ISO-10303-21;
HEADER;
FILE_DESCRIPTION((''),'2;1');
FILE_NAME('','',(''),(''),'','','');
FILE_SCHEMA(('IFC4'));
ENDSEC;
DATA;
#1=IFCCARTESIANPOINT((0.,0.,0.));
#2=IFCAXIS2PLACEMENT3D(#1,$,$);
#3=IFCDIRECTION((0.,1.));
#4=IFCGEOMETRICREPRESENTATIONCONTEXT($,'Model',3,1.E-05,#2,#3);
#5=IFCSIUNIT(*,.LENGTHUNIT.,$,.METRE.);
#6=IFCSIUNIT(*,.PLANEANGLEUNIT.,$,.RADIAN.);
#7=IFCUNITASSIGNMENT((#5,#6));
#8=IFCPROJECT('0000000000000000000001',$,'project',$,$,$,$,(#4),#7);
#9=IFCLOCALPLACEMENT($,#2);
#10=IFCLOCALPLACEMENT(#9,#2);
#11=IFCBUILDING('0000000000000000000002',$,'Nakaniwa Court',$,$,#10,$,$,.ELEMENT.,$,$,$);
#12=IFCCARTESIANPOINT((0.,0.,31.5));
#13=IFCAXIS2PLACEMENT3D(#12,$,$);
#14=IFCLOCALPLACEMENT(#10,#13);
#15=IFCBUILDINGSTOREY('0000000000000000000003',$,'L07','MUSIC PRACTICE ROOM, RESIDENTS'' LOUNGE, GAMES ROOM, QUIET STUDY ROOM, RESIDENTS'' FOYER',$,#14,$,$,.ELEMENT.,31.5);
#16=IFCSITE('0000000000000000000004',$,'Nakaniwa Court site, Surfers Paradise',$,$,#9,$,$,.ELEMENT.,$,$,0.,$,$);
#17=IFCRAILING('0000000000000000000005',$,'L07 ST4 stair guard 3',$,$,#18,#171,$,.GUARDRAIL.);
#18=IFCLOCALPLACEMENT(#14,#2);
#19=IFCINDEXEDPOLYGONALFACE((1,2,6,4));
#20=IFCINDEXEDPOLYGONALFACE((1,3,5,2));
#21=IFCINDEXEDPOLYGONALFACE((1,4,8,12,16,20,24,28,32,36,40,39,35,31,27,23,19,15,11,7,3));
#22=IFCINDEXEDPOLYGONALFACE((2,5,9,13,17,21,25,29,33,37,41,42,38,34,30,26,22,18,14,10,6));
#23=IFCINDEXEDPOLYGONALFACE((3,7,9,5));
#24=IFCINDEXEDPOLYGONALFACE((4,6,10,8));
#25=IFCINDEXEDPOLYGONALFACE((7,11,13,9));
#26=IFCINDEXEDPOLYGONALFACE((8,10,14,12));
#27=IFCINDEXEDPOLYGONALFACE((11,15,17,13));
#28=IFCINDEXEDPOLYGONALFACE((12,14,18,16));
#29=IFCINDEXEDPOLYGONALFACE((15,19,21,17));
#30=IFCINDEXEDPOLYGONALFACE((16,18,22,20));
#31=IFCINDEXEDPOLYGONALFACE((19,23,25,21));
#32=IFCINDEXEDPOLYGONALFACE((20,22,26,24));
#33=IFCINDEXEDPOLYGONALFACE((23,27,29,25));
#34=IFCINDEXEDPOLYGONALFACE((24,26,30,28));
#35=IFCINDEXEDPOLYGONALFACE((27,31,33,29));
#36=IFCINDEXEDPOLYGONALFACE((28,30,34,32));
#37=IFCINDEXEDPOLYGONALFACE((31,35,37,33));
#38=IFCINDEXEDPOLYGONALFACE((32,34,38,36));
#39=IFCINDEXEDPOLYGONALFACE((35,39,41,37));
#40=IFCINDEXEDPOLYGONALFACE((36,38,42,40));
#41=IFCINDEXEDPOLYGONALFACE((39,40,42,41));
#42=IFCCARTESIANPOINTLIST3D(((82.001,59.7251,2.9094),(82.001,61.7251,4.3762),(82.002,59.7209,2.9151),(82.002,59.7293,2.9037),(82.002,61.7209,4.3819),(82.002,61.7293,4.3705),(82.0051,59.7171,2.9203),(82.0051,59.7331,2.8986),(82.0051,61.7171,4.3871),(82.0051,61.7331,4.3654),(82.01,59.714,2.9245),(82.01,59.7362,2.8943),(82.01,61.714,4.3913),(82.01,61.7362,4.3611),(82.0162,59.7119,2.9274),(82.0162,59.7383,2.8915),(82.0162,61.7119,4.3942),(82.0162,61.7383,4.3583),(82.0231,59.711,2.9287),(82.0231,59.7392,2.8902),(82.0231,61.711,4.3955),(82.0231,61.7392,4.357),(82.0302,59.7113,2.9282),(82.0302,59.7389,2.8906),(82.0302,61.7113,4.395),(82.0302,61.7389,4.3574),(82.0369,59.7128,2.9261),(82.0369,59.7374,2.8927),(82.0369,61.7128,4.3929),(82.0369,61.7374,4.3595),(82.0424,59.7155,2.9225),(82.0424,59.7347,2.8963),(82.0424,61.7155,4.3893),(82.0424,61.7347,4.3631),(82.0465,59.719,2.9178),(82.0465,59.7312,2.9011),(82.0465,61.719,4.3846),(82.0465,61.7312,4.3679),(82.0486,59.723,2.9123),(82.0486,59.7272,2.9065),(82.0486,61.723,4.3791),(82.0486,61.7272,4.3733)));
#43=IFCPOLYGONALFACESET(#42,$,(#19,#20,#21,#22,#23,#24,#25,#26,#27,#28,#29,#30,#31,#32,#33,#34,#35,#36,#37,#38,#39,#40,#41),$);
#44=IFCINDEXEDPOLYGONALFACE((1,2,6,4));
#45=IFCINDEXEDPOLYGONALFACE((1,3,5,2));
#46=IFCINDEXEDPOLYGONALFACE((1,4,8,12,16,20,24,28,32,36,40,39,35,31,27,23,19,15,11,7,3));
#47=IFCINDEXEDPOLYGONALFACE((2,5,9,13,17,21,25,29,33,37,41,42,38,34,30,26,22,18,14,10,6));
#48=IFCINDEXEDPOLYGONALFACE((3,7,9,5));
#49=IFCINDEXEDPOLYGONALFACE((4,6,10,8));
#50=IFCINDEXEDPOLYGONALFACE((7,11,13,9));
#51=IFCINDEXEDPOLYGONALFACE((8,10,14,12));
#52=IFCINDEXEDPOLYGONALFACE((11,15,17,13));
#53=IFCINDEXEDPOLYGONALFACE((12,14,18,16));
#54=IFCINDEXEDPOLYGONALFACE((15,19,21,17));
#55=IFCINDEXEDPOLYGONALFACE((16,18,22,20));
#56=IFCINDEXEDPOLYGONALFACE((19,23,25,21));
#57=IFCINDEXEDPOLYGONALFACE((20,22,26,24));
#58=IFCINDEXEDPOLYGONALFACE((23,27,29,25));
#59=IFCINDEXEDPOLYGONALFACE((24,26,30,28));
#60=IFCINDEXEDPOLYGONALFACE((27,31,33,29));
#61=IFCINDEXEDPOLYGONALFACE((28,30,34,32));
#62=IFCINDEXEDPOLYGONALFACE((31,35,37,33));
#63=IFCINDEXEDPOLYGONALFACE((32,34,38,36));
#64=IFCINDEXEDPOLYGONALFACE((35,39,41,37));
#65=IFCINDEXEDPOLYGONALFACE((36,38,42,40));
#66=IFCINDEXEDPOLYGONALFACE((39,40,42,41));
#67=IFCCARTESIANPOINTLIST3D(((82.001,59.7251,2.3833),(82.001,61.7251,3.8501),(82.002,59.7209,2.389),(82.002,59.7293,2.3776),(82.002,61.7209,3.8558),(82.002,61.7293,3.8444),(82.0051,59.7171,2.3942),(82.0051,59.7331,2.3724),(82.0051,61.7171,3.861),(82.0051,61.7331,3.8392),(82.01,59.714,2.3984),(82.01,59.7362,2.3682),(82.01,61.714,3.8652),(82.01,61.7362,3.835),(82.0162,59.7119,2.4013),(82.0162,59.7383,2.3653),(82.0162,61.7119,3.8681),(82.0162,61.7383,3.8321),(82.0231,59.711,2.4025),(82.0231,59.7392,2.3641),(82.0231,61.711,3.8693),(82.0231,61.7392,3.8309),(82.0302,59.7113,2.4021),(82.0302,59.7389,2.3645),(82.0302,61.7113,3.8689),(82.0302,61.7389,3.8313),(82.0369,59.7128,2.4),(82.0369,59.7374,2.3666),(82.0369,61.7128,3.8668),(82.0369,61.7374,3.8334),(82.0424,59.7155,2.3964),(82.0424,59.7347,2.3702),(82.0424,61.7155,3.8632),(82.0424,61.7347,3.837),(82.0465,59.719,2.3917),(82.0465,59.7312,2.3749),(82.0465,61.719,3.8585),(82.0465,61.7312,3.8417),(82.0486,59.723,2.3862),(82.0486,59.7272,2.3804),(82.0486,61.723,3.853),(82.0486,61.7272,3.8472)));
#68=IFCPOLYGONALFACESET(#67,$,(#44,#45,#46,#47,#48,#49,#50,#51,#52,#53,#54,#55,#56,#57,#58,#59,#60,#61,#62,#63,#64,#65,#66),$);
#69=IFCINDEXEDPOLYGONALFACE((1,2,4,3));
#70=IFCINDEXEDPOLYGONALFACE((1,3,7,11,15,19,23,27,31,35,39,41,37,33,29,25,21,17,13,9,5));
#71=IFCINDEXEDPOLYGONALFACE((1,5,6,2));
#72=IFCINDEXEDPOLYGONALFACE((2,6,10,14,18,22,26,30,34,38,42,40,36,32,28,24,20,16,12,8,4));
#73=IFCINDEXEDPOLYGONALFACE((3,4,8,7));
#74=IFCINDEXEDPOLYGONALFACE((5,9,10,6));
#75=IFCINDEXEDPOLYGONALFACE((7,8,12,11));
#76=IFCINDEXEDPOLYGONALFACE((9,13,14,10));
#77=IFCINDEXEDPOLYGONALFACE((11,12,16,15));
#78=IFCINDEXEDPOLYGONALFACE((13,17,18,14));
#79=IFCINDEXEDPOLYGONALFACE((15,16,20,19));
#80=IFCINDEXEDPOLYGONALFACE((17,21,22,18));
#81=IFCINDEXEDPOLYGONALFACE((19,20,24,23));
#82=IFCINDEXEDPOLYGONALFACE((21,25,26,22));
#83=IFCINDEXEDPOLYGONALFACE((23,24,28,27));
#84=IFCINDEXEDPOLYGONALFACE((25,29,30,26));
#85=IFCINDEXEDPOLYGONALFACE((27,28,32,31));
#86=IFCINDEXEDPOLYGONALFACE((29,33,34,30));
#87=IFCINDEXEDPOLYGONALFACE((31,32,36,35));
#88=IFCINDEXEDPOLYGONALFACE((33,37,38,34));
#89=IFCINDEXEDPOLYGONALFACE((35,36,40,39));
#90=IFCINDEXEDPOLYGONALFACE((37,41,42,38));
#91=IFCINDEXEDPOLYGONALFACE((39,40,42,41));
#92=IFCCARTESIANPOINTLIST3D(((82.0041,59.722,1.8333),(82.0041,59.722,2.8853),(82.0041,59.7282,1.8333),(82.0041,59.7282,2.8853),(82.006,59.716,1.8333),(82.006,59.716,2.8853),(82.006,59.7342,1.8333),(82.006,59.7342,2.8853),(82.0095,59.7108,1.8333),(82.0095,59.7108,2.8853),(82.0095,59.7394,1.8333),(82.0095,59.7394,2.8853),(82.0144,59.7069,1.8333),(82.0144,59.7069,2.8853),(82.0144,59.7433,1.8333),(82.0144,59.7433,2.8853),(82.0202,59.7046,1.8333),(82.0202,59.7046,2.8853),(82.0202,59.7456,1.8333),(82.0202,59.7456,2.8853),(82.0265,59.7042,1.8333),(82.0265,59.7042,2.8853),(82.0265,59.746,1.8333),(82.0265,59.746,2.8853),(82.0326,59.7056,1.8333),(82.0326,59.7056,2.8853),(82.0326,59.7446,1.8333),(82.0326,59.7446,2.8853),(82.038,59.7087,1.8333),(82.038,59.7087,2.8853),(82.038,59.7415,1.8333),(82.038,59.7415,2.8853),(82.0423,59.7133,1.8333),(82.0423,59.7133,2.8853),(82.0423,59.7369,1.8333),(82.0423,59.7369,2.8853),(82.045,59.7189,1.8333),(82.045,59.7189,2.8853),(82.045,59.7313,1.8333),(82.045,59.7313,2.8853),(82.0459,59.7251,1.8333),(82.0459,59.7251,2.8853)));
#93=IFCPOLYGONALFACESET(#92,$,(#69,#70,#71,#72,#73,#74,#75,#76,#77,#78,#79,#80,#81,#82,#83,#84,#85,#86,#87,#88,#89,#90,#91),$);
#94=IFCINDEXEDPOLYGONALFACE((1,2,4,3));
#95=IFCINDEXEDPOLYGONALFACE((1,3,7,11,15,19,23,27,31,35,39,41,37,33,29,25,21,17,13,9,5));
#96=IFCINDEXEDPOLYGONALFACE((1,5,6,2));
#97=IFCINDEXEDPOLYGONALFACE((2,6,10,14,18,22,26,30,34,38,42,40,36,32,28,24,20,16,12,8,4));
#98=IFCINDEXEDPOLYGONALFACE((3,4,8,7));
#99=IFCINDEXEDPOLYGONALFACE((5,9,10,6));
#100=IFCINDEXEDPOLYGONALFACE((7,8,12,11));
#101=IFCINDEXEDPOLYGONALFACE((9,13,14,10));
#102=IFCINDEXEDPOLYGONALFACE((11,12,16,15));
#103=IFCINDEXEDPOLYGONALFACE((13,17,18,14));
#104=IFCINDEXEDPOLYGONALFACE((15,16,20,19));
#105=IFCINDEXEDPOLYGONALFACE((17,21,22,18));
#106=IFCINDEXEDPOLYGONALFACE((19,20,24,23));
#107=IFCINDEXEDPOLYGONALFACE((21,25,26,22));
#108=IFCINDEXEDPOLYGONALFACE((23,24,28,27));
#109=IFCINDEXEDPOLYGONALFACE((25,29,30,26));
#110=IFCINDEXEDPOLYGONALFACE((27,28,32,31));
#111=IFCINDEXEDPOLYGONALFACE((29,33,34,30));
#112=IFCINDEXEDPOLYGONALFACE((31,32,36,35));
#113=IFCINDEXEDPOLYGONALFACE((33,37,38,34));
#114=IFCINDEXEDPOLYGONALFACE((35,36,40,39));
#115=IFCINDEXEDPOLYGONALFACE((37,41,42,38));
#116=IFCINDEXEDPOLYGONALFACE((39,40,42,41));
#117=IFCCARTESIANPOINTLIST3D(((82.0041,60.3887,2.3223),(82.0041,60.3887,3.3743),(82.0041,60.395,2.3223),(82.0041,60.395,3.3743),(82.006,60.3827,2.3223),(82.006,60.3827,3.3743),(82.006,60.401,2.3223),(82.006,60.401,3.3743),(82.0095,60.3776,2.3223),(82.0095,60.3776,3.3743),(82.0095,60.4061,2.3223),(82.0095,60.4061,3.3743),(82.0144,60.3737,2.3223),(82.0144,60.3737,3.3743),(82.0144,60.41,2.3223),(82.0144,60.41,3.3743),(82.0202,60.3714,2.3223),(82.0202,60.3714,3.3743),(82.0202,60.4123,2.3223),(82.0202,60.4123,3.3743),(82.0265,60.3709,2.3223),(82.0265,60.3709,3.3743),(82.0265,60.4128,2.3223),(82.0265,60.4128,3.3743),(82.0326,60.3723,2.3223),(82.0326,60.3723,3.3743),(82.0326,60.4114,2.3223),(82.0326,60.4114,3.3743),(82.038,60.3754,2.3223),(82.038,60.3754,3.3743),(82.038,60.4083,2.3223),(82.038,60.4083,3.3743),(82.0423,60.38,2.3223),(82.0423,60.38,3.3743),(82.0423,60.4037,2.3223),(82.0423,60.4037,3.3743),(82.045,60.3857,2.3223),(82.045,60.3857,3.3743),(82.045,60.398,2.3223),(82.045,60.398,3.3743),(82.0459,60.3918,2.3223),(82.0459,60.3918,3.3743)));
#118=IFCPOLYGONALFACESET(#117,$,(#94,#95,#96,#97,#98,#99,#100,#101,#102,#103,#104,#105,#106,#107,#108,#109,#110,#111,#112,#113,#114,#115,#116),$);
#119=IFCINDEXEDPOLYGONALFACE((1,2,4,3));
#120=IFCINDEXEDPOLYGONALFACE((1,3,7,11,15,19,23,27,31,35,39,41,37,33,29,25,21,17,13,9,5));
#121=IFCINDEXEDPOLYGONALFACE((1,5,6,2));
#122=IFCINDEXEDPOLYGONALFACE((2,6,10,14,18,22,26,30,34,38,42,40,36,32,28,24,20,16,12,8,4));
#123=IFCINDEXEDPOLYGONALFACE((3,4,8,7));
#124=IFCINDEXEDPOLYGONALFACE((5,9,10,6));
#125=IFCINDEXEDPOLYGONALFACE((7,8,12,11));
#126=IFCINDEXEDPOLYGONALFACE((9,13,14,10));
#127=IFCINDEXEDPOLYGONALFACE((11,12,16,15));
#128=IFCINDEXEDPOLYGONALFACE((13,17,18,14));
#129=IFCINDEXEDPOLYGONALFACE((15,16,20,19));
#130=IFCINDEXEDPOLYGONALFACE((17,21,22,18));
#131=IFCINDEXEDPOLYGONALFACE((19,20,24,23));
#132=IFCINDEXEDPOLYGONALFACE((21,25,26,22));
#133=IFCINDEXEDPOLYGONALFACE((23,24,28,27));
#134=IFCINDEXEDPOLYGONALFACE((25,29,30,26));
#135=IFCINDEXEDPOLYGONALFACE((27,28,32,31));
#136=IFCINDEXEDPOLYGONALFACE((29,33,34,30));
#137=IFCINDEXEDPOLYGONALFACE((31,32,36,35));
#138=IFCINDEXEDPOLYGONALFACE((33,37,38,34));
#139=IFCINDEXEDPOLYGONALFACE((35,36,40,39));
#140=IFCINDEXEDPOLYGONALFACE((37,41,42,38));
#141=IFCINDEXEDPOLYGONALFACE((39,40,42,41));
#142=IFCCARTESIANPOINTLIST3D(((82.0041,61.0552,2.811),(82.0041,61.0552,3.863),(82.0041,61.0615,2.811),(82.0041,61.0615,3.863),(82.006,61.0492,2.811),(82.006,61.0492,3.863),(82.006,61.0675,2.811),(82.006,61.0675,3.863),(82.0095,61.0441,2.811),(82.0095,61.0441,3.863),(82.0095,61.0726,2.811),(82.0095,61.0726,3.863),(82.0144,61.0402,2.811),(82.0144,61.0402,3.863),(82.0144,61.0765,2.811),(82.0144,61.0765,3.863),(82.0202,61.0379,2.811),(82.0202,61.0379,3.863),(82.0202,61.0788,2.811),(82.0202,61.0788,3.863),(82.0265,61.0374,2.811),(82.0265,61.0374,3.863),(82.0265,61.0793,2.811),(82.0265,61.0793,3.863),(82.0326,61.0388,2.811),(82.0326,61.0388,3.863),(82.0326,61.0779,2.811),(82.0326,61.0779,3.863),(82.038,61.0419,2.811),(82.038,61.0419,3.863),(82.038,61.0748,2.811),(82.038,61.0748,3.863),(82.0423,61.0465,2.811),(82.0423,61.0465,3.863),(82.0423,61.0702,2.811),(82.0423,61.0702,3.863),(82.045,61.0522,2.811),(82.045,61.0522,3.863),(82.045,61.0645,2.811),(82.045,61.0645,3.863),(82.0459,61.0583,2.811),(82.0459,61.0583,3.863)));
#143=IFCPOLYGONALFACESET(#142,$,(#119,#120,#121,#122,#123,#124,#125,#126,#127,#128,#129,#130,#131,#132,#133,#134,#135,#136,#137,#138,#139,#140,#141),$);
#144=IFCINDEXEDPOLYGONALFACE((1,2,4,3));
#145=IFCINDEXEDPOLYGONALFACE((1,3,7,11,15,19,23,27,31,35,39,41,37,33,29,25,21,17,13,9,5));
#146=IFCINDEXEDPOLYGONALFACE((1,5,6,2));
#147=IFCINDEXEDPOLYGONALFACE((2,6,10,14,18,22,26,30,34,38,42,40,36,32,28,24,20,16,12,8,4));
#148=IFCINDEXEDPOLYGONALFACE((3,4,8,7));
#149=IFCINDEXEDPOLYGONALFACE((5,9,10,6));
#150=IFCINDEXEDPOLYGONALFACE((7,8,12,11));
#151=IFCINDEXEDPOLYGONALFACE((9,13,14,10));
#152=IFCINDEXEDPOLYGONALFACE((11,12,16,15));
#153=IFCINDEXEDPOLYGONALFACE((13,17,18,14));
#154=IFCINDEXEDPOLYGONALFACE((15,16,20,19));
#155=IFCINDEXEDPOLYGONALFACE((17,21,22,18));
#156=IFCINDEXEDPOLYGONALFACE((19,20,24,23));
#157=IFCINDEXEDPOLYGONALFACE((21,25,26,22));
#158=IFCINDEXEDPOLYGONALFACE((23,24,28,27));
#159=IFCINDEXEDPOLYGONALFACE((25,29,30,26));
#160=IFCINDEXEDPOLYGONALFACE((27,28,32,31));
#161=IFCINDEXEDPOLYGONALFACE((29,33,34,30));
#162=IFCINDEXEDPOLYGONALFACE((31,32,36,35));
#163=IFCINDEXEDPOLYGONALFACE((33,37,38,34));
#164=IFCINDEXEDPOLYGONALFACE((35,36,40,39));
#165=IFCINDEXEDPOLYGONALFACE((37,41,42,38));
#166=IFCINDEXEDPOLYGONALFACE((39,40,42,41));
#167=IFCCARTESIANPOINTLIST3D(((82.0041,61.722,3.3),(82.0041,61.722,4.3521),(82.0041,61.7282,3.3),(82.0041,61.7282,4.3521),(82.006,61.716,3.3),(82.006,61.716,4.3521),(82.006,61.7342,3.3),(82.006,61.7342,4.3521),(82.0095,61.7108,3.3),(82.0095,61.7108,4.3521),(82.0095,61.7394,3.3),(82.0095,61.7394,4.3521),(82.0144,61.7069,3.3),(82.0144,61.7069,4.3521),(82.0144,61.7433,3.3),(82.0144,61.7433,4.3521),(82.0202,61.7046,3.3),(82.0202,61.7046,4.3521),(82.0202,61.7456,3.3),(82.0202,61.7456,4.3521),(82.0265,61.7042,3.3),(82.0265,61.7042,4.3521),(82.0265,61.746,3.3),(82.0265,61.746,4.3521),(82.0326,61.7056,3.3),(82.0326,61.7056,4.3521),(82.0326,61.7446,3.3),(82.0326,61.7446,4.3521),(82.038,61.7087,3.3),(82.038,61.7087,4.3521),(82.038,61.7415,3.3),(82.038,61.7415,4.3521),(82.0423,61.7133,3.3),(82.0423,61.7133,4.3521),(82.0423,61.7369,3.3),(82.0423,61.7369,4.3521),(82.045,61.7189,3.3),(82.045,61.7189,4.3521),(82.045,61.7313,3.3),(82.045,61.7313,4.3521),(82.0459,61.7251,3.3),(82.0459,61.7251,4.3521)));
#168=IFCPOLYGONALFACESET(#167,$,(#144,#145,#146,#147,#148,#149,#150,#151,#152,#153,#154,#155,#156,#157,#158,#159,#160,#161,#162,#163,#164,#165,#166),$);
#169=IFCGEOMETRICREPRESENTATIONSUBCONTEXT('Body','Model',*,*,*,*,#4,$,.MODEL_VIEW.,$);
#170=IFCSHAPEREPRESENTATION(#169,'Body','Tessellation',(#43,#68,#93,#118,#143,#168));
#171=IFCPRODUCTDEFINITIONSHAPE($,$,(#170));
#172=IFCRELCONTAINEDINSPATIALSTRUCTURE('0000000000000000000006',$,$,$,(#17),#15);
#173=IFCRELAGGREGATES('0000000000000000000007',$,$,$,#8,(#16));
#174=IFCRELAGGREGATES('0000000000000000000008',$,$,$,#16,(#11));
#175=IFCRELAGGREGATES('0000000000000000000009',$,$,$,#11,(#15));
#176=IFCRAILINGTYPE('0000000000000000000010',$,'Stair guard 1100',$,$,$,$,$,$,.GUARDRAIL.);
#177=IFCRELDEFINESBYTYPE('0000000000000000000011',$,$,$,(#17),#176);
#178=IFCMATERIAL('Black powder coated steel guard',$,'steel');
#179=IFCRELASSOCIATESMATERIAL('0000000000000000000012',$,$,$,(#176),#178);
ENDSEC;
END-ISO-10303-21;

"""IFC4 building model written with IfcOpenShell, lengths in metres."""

from ifc_helpers import new_model, si_unit, direction, frame, origin, origin_2d, place, context, subcontext, project, spatial, circle, extrude, material, type_object, element, save


model = new_model("IFC4")

# Units and contexts
model_context = context("Model", 3, precision=1e-05, world=origin(), true_north=direction((0.0, 1.0)))
body_context = subcontext(model_context, "Body", "Model", "MODEL_VIEW")
ifc_project = project(units=[si_unit("LENGTHUNIT", "METRE"), si_unit("PLANEANGLEUNIT", "RADIAN")], contexts=[model_context])

# Site, building, storey
site_placement = place(None, origin())
site = spatial("IfcSite", under=ifc_project, at=site_placement, Name="Nakaniwa Court site, Surfers Paradise", CompositionType="ELEMENT", RefElevation=0.0)
building_placement = place(site_placement, origin())
building = spatial("IfcBuilding", under=site, at=building_placement, Name="Nakaniwa Court", CompositionType="ELEMENT")
storey_placement = place(building_placement, frame((0.0, 0.0, 31.5)))
storey = spatial("IfcBuildingStorey", under=building, at=storey_placement, Name="L07", Description="MUSIC PRACTICE ROOM, RESIDENTS' LOUNGE, GAMES ROOM, QUIET STUDY ROOM, RESIDENTS' FOYER", CompositionType="ELEMENT", Elevation=31.5)

# Railing
ifc_material_1 = material(Name="Black powder coated steel guard", Category="steel")
railing_type_1 = type_object("IfcRailingType", Name="Stair guard 1100", PredefinedType="GUARDRAIL", material=ifc_material_1)
railing_1_placement = place(storey_placement, frame((82.0249, 59.7251, 1.8333)))
element("IfcRailing", 1, at=railing_1_placement, inside=storey, type_object=railing_type_1, Name="L07 ST4 stair guard 3", PredefinedType="GUARDRAIL", context=body_context, shape_type="SweptSolid", body=[
    extrude(circle(Radius=0.0239, at=origin_2d()), frame((0.0, 0.0, 1.0762), z_axis=(0.0, 0.80638, 0.591398), x_axis=(-1.0, 0.0, 0.0)), (0.0, 0.0, 1.0), 2.4802),
    extrude(circle(Radius=0.0239, at=origin_2d()), frame((0.0, 0.0, 0.55), z_axis=(0.0, 0.80638, 0.591398), x_axis=(-1.0, 0.0, 0.0)), (0.0, 0.0, 1.0), 2.4802),
    extrude(circle(Radius=0.021, at=origin_2d()), origin(), (0.0, 0.0, 1.0), 1.052),
    extrude(circle(Radius=0.021, at=origin_2d()), frame((0.0, 0.6667, 0.489)), (0.0, 0.0, 1.0), 1.052),
    extrude(circle(Radius=0.021, at=origin_2d()), frame((0.0, 1.3333, 0.9778)), (0.0, 0.0, 1.0), 1.052),
    extrude(circle(Radius=0.021, at=origin_2d()), frame((0.0, 2.0, 1.4668)), (0.0, 0.0, 1.0), 1.052),
])

save(model, "model.ifc")
